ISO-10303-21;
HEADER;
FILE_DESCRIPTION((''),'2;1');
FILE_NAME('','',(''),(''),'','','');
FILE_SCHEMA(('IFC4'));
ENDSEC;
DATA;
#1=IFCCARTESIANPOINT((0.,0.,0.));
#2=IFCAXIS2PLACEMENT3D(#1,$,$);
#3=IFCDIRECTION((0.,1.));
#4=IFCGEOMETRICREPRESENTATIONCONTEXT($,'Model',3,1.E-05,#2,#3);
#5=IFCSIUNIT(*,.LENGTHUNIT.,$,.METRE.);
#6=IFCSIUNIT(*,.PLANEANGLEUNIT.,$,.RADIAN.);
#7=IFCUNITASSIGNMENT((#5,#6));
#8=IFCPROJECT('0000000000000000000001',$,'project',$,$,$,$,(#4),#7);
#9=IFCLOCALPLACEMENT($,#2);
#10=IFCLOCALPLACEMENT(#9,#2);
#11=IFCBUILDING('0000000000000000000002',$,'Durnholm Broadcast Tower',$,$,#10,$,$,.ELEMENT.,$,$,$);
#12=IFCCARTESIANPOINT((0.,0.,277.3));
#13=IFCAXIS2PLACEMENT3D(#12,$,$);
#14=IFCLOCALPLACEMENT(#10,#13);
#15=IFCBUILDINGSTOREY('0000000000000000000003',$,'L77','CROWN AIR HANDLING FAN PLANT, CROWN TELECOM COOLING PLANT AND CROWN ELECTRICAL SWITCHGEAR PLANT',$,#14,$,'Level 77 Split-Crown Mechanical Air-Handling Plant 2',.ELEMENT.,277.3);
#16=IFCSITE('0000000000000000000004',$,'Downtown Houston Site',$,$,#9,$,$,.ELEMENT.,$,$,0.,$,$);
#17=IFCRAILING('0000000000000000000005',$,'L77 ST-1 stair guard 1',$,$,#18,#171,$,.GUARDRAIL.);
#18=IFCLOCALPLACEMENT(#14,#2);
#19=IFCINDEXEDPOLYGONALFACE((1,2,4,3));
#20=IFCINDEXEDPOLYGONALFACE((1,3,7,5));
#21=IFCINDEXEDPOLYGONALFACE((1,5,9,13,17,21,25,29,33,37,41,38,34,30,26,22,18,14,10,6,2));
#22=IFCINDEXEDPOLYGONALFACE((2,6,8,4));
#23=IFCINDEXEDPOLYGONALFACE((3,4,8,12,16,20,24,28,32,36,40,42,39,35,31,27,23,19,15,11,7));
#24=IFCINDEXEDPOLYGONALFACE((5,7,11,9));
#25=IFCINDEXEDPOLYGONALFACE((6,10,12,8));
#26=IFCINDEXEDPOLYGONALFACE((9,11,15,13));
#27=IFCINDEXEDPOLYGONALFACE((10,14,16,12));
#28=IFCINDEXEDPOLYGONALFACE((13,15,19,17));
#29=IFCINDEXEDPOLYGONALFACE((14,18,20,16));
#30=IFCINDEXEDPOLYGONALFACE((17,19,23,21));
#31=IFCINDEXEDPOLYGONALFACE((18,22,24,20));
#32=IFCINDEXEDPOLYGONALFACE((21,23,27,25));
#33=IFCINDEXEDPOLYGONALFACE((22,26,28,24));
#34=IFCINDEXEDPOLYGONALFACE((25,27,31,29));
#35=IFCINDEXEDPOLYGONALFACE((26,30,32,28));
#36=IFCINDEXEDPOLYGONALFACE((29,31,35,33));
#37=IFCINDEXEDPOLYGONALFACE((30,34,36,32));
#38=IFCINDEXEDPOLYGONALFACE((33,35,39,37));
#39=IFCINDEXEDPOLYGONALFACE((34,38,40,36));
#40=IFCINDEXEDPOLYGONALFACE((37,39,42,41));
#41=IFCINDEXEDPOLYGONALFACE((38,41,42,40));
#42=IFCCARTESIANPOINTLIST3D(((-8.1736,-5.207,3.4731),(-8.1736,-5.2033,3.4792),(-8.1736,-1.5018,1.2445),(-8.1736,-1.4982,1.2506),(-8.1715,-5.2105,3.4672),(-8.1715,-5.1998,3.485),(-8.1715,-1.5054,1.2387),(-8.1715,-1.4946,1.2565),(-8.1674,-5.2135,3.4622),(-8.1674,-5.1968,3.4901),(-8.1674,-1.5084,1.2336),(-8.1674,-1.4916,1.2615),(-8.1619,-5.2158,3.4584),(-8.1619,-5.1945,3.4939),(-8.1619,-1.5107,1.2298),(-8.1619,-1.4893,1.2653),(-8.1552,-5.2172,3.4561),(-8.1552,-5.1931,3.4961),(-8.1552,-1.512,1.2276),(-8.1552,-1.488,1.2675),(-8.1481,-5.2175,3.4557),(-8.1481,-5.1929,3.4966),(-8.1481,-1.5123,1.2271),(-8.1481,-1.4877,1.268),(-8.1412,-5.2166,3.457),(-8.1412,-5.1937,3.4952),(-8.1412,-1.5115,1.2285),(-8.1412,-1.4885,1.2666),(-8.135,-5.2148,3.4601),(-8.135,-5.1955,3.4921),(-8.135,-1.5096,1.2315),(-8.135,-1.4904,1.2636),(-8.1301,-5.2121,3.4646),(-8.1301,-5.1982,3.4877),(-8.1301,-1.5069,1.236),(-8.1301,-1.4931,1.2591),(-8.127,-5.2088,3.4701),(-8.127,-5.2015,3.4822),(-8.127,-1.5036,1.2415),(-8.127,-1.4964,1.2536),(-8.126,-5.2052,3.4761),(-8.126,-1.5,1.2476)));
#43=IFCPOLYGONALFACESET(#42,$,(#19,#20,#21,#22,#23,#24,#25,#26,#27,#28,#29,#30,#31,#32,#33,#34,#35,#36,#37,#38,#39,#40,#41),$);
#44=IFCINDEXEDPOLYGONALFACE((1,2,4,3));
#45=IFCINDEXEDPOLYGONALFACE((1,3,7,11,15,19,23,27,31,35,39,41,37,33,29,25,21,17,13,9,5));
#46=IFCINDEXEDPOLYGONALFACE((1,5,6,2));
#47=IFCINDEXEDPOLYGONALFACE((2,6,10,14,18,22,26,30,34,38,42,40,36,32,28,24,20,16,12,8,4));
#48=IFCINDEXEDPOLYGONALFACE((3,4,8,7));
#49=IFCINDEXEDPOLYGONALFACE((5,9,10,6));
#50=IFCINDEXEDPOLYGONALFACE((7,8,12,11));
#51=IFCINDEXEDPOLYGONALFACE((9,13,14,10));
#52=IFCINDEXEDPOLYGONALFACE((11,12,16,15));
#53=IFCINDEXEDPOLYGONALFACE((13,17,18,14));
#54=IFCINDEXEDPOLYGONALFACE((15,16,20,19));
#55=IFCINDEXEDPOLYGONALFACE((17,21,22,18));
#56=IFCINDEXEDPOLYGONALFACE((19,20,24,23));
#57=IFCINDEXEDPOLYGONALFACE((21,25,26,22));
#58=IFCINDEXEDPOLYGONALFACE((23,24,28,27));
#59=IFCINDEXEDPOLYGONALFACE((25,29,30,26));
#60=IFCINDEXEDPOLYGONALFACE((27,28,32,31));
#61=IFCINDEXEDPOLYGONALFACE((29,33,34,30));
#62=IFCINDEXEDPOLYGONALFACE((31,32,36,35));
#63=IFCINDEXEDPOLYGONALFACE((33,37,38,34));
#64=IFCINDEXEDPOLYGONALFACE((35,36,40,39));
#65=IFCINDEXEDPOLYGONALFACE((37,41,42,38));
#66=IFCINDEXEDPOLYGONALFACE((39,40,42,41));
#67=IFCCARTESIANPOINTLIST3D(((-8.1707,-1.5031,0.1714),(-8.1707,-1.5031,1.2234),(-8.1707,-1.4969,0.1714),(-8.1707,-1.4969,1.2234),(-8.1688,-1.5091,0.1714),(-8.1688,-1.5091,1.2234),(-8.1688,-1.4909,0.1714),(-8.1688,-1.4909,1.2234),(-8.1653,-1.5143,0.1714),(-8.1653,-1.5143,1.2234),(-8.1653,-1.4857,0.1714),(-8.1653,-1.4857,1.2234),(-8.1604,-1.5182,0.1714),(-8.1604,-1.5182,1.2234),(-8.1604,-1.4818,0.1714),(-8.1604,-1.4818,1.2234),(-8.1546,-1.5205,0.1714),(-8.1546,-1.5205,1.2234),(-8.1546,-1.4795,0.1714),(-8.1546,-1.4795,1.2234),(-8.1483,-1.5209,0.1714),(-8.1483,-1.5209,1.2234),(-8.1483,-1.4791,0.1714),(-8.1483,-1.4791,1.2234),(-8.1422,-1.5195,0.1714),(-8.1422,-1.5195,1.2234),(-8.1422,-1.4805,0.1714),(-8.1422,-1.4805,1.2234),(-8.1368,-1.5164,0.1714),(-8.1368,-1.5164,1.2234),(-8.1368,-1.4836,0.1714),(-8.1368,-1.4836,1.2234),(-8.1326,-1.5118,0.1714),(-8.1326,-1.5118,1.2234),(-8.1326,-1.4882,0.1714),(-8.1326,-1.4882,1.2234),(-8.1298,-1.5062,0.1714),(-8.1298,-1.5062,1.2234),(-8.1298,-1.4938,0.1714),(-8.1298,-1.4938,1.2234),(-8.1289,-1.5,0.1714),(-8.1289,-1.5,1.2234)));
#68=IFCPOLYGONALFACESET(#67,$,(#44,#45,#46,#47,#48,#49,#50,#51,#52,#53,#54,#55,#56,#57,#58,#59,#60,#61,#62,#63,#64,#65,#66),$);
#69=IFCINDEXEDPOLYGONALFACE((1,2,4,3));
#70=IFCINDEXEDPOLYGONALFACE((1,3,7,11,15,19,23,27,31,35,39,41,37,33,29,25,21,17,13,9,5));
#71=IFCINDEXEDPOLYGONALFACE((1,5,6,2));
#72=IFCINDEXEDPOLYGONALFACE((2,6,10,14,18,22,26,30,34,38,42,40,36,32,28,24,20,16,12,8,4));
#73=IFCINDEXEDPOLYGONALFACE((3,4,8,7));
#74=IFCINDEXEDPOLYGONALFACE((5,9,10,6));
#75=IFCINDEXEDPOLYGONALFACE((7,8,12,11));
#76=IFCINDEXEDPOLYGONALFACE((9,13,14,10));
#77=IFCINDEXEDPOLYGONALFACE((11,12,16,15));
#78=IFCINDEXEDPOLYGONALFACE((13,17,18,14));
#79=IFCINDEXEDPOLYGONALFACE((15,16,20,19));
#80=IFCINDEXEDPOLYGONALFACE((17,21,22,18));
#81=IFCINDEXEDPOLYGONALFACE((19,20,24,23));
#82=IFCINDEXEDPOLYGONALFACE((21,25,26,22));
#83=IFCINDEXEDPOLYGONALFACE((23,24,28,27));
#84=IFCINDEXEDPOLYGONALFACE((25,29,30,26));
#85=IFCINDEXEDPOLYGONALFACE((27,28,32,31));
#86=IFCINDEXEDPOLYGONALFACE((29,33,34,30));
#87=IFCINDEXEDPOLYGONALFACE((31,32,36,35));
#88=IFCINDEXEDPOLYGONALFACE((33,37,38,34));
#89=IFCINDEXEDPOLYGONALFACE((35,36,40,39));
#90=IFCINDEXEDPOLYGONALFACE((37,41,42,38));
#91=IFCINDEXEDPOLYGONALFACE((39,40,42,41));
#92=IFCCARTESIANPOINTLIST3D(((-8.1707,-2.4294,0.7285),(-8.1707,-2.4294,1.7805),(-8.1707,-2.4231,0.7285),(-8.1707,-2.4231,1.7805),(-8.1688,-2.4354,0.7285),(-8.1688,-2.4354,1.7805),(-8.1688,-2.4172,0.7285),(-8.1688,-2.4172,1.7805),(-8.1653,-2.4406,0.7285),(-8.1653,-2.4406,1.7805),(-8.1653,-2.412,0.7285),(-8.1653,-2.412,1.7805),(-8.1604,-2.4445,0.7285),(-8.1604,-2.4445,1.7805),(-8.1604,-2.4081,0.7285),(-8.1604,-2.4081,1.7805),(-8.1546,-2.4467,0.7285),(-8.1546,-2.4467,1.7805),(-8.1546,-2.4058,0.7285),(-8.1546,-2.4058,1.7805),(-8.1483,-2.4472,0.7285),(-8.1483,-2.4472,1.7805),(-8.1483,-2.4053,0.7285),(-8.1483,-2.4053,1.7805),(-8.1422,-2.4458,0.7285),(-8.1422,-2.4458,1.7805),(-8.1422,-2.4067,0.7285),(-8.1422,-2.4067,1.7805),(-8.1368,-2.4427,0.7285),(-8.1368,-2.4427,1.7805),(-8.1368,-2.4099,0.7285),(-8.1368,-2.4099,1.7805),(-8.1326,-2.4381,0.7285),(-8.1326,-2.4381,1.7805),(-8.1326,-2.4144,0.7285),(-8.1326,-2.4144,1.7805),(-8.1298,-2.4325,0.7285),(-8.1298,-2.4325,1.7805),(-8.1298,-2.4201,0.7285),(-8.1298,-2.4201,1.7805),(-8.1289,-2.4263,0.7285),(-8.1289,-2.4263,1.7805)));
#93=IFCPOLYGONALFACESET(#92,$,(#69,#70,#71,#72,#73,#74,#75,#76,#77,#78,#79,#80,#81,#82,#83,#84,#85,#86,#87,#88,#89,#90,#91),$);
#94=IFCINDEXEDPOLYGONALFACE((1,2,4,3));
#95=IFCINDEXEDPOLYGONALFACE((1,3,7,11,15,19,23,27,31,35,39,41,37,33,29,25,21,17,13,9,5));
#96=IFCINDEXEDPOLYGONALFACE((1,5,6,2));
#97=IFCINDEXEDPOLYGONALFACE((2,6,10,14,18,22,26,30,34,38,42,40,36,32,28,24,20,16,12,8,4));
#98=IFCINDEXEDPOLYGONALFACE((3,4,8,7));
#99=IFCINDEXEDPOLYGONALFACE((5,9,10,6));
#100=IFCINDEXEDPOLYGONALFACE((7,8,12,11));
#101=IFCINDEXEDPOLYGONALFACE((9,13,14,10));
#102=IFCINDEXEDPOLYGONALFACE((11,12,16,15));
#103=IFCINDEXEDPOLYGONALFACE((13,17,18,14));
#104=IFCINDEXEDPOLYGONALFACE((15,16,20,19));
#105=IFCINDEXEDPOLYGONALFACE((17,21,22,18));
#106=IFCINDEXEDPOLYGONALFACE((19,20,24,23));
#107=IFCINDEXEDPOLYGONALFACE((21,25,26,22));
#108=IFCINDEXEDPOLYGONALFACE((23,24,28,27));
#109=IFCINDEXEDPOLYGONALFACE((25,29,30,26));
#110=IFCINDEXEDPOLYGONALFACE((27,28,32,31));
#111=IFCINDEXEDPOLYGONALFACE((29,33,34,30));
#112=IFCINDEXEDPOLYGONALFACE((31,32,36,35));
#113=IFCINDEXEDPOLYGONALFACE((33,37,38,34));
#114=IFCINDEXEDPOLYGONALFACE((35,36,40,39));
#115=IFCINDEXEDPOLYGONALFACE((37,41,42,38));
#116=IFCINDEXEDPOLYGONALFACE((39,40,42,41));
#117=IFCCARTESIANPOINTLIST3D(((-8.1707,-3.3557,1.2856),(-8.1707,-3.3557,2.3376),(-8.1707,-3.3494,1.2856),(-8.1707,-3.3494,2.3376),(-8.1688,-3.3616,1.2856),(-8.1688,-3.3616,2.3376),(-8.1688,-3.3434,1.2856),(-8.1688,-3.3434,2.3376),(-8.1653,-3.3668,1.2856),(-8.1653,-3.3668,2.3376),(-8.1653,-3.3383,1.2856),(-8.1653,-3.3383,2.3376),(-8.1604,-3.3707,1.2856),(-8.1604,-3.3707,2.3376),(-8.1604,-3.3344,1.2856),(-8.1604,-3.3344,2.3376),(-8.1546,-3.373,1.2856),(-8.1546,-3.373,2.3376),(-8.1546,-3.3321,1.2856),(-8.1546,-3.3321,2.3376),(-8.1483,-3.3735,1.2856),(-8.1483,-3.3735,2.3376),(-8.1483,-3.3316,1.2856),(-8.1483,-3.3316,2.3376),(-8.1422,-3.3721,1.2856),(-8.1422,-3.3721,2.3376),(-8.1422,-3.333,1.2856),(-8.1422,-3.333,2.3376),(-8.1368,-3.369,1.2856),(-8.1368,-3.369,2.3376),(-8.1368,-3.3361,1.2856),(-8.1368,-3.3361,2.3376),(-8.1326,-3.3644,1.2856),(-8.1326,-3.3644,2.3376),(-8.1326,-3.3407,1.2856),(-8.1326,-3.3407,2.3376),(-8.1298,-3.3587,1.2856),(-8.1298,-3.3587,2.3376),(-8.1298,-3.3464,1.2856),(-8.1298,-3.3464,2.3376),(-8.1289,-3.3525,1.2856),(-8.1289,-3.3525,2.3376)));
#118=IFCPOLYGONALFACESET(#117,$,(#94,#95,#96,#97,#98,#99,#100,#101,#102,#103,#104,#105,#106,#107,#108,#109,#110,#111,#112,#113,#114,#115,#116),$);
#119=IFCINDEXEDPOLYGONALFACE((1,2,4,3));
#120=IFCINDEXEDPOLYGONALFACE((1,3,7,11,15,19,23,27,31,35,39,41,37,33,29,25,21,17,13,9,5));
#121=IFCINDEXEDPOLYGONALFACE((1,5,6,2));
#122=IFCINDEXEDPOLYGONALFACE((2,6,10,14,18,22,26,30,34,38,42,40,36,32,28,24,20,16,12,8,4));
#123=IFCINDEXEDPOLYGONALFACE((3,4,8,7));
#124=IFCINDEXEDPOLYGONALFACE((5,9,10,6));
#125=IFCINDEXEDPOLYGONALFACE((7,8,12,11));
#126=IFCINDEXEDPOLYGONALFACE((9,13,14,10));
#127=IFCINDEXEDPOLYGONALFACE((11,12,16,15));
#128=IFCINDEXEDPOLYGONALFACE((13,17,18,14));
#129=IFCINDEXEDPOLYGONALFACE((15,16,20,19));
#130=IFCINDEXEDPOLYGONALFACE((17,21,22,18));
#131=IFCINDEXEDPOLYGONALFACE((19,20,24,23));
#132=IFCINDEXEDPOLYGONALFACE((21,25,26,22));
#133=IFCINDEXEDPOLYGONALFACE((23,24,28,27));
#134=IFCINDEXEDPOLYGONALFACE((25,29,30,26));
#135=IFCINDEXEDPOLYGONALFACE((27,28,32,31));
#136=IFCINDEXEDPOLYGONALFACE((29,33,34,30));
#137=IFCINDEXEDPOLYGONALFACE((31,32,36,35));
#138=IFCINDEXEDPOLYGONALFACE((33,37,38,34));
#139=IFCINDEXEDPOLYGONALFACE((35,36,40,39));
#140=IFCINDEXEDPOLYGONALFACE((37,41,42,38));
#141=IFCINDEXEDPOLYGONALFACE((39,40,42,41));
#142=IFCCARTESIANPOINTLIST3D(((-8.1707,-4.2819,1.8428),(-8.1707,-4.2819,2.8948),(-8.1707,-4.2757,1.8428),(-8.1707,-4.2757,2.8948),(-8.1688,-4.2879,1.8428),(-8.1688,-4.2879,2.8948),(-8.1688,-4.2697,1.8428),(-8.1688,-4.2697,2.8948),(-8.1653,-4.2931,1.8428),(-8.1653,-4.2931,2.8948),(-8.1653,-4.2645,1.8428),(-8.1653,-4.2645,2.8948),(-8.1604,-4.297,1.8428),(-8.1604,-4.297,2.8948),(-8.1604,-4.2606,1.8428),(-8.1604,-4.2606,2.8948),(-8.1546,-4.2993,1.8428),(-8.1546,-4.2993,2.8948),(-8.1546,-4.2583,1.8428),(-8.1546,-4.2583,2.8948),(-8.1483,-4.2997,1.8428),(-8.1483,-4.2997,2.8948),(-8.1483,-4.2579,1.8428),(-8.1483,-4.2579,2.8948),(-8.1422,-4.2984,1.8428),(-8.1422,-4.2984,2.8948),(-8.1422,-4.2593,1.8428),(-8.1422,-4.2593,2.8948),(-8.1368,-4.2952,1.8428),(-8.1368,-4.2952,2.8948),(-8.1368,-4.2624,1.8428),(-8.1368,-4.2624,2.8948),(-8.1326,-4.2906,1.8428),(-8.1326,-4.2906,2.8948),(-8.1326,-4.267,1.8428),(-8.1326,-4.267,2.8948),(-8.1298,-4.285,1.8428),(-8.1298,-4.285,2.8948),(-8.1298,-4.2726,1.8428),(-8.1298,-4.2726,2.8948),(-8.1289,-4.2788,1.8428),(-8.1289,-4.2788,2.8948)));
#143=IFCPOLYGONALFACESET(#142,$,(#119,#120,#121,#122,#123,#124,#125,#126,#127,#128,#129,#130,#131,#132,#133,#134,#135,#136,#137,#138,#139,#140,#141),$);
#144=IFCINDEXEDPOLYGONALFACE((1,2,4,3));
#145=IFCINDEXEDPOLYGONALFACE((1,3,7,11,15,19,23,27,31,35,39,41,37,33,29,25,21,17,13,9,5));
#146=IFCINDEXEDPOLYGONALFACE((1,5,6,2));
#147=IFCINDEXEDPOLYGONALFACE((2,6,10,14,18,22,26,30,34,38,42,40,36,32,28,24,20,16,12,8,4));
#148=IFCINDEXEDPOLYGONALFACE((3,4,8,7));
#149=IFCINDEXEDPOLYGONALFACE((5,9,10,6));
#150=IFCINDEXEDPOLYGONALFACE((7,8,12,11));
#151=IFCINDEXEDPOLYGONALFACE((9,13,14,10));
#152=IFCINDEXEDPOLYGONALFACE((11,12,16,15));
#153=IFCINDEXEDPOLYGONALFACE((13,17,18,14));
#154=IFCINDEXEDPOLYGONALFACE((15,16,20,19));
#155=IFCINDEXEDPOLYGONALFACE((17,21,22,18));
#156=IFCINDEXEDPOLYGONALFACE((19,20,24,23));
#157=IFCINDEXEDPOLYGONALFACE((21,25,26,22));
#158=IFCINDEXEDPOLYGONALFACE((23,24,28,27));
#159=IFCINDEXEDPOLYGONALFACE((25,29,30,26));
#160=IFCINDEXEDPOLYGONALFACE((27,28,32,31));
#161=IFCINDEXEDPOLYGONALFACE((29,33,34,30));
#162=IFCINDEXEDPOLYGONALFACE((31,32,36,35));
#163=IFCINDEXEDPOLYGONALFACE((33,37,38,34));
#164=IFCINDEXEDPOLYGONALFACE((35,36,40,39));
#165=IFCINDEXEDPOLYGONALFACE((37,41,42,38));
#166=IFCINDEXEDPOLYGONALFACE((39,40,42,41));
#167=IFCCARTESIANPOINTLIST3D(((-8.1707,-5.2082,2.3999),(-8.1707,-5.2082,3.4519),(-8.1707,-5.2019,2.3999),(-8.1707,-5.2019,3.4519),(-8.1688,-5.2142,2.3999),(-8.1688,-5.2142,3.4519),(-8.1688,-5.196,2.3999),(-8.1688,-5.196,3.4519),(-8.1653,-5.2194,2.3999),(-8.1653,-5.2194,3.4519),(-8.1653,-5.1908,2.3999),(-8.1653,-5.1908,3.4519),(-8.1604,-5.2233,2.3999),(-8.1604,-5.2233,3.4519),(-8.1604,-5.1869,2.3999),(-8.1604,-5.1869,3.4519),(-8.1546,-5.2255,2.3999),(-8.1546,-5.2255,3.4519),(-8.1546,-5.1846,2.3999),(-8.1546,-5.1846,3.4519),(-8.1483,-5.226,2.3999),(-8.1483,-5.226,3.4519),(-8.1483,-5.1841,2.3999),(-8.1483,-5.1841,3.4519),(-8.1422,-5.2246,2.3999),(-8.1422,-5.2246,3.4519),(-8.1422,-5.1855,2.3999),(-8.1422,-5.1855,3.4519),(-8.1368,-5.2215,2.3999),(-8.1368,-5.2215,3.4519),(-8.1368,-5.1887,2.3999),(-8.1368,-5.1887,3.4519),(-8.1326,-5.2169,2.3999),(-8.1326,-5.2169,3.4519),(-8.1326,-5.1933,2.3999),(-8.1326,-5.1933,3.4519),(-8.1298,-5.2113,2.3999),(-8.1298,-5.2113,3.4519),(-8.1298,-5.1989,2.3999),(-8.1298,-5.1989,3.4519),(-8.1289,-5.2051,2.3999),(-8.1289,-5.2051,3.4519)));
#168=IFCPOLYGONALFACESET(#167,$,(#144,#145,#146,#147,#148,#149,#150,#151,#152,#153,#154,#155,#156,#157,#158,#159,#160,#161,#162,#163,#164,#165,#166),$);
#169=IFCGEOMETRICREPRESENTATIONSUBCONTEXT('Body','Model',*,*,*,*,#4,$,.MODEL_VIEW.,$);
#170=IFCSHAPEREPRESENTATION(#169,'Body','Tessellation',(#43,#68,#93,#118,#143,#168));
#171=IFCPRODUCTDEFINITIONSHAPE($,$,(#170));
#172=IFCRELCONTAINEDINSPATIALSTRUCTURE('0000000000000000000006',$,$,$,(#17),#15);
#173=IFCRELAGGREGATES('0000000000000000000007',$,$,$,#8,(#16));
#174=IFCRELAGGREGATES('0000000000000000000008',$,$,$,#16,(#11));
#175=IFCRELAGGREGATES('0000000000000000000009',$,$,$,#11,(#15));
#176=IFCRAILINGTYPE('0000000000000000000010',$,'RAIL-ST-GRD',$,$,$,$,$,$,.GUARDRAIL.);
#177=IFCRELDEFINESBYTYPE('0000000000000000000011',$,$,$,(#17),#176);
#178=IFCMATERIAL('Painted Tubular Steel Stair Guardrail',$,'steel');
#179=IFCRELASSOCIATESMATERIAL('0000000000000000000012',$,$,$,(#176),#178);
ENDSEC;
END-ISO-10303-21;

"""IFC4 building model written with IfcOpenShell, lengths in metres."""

from ifc_helpers import new_model, si_unit, direction, frame, origin, origin_2d, place, context, subcontext, project, spatial, circle, extrude, material, type_object, element, save


model = new_model("IFC4")

# Units and contexts
model_context = context("Model", 3, precision=1e-05, world=origin(), true_north=direction((0.0, 1.0)))
body_context = subcontext(model_context, "Body", "Model", "MODEL_VIEW")
ifc_project = project(units=[si_unit("LENGTHUNIT", "METRE"), si_unit("PLANEANGLEUNIT", "RADIAN")], contexts=[model_context])

# Site, building, storey
site_placement = place(None, origin())
site = spatial("IfcSite", under=ifc_project, at=site_placement, Name="Downtown Houston Site", CompositionType="ELEMENT", RefElevation=0.0)
building_placement = place(site_placement, origin())
building = spatial("IfcBuilding", under=site, at=building_placement, Name="Durnholm Broadcast Tower", CompositionType="ELEMENT")
storey_placement = place(building_placement, frame((0.0, 0.0, 277.3)))
storey = spatial("IfcBuildingStorey", under=building, at=storey_placement, Name="L77", Description="CROWN AIR HANDLING FAN PLANT, CROWN TELECOM COOLING PLANT AND CROWN ELECTRICAL SWITCHGEAR PLANT", LongName="Level 77 Split-Crown Mechanical Air-Handling Plant 2", CompositionType="ELEMENT", Elevation=277.3)

# Railing
ifc_material_1 = material(Name="Painted Tubular Steel Stair Guardrail", Category="steel")
railing_type_1 = type_object("IfcRailingType", Name="RAIL-ST-GRD", PredefinedType="GUARDRAIL", material=ifc_material_1)
railing_1_placement = place(storey_placement, frame((-8.1499, -1.5, 0.1714)))
element("IfcRailing", 1, at=railing_1_placement, inside=storey, type_object=railing_type_1, Name="L77 ST-1 stair guard 1", PredefinedType="GUARDRAIL", context=body_context, shape_type="SweptSolid", body=[
    extrude(circle(Radius=0.0239, at=origin_2d()), frame((0.0, 0.0, 1.0762), z_axis=(0.0, -0.856934, 0.515425), x_axis=(1.0, 0.0, 0.0)), (0.0, 0.0, 1.0), 4.3237),
    extrude(circle(Radius=0.021, at=origin_2d()), origin(), (0.0, 0.0, 1.0), 1.052),
    extrude(circle(Radius=0.021, at=origin_2d()), frame((0.0, -0.9263, 0.5571)), (0.0, 0.0, 1.0), 1.052),
    extrude(circle(Radius=0.021, at=origin_2d()), frame((0.0, -1.8525, 1.1143)), (0.0, 0.0, 1.0), 1.052),
    extrude(circle(Radius=0.021, at=origin_2d()), frame((0.0, -2.7788, 1.6714)), (0.0, 0.0, 1.0), 1.052),
    extrude(circle(Radius=0.021, at=origin_2d()), frame((0.0, -3.7051, 2.2285)), (0.0, 0.0, 1.0), 1.052),
])

save(model, "model.ifc")
